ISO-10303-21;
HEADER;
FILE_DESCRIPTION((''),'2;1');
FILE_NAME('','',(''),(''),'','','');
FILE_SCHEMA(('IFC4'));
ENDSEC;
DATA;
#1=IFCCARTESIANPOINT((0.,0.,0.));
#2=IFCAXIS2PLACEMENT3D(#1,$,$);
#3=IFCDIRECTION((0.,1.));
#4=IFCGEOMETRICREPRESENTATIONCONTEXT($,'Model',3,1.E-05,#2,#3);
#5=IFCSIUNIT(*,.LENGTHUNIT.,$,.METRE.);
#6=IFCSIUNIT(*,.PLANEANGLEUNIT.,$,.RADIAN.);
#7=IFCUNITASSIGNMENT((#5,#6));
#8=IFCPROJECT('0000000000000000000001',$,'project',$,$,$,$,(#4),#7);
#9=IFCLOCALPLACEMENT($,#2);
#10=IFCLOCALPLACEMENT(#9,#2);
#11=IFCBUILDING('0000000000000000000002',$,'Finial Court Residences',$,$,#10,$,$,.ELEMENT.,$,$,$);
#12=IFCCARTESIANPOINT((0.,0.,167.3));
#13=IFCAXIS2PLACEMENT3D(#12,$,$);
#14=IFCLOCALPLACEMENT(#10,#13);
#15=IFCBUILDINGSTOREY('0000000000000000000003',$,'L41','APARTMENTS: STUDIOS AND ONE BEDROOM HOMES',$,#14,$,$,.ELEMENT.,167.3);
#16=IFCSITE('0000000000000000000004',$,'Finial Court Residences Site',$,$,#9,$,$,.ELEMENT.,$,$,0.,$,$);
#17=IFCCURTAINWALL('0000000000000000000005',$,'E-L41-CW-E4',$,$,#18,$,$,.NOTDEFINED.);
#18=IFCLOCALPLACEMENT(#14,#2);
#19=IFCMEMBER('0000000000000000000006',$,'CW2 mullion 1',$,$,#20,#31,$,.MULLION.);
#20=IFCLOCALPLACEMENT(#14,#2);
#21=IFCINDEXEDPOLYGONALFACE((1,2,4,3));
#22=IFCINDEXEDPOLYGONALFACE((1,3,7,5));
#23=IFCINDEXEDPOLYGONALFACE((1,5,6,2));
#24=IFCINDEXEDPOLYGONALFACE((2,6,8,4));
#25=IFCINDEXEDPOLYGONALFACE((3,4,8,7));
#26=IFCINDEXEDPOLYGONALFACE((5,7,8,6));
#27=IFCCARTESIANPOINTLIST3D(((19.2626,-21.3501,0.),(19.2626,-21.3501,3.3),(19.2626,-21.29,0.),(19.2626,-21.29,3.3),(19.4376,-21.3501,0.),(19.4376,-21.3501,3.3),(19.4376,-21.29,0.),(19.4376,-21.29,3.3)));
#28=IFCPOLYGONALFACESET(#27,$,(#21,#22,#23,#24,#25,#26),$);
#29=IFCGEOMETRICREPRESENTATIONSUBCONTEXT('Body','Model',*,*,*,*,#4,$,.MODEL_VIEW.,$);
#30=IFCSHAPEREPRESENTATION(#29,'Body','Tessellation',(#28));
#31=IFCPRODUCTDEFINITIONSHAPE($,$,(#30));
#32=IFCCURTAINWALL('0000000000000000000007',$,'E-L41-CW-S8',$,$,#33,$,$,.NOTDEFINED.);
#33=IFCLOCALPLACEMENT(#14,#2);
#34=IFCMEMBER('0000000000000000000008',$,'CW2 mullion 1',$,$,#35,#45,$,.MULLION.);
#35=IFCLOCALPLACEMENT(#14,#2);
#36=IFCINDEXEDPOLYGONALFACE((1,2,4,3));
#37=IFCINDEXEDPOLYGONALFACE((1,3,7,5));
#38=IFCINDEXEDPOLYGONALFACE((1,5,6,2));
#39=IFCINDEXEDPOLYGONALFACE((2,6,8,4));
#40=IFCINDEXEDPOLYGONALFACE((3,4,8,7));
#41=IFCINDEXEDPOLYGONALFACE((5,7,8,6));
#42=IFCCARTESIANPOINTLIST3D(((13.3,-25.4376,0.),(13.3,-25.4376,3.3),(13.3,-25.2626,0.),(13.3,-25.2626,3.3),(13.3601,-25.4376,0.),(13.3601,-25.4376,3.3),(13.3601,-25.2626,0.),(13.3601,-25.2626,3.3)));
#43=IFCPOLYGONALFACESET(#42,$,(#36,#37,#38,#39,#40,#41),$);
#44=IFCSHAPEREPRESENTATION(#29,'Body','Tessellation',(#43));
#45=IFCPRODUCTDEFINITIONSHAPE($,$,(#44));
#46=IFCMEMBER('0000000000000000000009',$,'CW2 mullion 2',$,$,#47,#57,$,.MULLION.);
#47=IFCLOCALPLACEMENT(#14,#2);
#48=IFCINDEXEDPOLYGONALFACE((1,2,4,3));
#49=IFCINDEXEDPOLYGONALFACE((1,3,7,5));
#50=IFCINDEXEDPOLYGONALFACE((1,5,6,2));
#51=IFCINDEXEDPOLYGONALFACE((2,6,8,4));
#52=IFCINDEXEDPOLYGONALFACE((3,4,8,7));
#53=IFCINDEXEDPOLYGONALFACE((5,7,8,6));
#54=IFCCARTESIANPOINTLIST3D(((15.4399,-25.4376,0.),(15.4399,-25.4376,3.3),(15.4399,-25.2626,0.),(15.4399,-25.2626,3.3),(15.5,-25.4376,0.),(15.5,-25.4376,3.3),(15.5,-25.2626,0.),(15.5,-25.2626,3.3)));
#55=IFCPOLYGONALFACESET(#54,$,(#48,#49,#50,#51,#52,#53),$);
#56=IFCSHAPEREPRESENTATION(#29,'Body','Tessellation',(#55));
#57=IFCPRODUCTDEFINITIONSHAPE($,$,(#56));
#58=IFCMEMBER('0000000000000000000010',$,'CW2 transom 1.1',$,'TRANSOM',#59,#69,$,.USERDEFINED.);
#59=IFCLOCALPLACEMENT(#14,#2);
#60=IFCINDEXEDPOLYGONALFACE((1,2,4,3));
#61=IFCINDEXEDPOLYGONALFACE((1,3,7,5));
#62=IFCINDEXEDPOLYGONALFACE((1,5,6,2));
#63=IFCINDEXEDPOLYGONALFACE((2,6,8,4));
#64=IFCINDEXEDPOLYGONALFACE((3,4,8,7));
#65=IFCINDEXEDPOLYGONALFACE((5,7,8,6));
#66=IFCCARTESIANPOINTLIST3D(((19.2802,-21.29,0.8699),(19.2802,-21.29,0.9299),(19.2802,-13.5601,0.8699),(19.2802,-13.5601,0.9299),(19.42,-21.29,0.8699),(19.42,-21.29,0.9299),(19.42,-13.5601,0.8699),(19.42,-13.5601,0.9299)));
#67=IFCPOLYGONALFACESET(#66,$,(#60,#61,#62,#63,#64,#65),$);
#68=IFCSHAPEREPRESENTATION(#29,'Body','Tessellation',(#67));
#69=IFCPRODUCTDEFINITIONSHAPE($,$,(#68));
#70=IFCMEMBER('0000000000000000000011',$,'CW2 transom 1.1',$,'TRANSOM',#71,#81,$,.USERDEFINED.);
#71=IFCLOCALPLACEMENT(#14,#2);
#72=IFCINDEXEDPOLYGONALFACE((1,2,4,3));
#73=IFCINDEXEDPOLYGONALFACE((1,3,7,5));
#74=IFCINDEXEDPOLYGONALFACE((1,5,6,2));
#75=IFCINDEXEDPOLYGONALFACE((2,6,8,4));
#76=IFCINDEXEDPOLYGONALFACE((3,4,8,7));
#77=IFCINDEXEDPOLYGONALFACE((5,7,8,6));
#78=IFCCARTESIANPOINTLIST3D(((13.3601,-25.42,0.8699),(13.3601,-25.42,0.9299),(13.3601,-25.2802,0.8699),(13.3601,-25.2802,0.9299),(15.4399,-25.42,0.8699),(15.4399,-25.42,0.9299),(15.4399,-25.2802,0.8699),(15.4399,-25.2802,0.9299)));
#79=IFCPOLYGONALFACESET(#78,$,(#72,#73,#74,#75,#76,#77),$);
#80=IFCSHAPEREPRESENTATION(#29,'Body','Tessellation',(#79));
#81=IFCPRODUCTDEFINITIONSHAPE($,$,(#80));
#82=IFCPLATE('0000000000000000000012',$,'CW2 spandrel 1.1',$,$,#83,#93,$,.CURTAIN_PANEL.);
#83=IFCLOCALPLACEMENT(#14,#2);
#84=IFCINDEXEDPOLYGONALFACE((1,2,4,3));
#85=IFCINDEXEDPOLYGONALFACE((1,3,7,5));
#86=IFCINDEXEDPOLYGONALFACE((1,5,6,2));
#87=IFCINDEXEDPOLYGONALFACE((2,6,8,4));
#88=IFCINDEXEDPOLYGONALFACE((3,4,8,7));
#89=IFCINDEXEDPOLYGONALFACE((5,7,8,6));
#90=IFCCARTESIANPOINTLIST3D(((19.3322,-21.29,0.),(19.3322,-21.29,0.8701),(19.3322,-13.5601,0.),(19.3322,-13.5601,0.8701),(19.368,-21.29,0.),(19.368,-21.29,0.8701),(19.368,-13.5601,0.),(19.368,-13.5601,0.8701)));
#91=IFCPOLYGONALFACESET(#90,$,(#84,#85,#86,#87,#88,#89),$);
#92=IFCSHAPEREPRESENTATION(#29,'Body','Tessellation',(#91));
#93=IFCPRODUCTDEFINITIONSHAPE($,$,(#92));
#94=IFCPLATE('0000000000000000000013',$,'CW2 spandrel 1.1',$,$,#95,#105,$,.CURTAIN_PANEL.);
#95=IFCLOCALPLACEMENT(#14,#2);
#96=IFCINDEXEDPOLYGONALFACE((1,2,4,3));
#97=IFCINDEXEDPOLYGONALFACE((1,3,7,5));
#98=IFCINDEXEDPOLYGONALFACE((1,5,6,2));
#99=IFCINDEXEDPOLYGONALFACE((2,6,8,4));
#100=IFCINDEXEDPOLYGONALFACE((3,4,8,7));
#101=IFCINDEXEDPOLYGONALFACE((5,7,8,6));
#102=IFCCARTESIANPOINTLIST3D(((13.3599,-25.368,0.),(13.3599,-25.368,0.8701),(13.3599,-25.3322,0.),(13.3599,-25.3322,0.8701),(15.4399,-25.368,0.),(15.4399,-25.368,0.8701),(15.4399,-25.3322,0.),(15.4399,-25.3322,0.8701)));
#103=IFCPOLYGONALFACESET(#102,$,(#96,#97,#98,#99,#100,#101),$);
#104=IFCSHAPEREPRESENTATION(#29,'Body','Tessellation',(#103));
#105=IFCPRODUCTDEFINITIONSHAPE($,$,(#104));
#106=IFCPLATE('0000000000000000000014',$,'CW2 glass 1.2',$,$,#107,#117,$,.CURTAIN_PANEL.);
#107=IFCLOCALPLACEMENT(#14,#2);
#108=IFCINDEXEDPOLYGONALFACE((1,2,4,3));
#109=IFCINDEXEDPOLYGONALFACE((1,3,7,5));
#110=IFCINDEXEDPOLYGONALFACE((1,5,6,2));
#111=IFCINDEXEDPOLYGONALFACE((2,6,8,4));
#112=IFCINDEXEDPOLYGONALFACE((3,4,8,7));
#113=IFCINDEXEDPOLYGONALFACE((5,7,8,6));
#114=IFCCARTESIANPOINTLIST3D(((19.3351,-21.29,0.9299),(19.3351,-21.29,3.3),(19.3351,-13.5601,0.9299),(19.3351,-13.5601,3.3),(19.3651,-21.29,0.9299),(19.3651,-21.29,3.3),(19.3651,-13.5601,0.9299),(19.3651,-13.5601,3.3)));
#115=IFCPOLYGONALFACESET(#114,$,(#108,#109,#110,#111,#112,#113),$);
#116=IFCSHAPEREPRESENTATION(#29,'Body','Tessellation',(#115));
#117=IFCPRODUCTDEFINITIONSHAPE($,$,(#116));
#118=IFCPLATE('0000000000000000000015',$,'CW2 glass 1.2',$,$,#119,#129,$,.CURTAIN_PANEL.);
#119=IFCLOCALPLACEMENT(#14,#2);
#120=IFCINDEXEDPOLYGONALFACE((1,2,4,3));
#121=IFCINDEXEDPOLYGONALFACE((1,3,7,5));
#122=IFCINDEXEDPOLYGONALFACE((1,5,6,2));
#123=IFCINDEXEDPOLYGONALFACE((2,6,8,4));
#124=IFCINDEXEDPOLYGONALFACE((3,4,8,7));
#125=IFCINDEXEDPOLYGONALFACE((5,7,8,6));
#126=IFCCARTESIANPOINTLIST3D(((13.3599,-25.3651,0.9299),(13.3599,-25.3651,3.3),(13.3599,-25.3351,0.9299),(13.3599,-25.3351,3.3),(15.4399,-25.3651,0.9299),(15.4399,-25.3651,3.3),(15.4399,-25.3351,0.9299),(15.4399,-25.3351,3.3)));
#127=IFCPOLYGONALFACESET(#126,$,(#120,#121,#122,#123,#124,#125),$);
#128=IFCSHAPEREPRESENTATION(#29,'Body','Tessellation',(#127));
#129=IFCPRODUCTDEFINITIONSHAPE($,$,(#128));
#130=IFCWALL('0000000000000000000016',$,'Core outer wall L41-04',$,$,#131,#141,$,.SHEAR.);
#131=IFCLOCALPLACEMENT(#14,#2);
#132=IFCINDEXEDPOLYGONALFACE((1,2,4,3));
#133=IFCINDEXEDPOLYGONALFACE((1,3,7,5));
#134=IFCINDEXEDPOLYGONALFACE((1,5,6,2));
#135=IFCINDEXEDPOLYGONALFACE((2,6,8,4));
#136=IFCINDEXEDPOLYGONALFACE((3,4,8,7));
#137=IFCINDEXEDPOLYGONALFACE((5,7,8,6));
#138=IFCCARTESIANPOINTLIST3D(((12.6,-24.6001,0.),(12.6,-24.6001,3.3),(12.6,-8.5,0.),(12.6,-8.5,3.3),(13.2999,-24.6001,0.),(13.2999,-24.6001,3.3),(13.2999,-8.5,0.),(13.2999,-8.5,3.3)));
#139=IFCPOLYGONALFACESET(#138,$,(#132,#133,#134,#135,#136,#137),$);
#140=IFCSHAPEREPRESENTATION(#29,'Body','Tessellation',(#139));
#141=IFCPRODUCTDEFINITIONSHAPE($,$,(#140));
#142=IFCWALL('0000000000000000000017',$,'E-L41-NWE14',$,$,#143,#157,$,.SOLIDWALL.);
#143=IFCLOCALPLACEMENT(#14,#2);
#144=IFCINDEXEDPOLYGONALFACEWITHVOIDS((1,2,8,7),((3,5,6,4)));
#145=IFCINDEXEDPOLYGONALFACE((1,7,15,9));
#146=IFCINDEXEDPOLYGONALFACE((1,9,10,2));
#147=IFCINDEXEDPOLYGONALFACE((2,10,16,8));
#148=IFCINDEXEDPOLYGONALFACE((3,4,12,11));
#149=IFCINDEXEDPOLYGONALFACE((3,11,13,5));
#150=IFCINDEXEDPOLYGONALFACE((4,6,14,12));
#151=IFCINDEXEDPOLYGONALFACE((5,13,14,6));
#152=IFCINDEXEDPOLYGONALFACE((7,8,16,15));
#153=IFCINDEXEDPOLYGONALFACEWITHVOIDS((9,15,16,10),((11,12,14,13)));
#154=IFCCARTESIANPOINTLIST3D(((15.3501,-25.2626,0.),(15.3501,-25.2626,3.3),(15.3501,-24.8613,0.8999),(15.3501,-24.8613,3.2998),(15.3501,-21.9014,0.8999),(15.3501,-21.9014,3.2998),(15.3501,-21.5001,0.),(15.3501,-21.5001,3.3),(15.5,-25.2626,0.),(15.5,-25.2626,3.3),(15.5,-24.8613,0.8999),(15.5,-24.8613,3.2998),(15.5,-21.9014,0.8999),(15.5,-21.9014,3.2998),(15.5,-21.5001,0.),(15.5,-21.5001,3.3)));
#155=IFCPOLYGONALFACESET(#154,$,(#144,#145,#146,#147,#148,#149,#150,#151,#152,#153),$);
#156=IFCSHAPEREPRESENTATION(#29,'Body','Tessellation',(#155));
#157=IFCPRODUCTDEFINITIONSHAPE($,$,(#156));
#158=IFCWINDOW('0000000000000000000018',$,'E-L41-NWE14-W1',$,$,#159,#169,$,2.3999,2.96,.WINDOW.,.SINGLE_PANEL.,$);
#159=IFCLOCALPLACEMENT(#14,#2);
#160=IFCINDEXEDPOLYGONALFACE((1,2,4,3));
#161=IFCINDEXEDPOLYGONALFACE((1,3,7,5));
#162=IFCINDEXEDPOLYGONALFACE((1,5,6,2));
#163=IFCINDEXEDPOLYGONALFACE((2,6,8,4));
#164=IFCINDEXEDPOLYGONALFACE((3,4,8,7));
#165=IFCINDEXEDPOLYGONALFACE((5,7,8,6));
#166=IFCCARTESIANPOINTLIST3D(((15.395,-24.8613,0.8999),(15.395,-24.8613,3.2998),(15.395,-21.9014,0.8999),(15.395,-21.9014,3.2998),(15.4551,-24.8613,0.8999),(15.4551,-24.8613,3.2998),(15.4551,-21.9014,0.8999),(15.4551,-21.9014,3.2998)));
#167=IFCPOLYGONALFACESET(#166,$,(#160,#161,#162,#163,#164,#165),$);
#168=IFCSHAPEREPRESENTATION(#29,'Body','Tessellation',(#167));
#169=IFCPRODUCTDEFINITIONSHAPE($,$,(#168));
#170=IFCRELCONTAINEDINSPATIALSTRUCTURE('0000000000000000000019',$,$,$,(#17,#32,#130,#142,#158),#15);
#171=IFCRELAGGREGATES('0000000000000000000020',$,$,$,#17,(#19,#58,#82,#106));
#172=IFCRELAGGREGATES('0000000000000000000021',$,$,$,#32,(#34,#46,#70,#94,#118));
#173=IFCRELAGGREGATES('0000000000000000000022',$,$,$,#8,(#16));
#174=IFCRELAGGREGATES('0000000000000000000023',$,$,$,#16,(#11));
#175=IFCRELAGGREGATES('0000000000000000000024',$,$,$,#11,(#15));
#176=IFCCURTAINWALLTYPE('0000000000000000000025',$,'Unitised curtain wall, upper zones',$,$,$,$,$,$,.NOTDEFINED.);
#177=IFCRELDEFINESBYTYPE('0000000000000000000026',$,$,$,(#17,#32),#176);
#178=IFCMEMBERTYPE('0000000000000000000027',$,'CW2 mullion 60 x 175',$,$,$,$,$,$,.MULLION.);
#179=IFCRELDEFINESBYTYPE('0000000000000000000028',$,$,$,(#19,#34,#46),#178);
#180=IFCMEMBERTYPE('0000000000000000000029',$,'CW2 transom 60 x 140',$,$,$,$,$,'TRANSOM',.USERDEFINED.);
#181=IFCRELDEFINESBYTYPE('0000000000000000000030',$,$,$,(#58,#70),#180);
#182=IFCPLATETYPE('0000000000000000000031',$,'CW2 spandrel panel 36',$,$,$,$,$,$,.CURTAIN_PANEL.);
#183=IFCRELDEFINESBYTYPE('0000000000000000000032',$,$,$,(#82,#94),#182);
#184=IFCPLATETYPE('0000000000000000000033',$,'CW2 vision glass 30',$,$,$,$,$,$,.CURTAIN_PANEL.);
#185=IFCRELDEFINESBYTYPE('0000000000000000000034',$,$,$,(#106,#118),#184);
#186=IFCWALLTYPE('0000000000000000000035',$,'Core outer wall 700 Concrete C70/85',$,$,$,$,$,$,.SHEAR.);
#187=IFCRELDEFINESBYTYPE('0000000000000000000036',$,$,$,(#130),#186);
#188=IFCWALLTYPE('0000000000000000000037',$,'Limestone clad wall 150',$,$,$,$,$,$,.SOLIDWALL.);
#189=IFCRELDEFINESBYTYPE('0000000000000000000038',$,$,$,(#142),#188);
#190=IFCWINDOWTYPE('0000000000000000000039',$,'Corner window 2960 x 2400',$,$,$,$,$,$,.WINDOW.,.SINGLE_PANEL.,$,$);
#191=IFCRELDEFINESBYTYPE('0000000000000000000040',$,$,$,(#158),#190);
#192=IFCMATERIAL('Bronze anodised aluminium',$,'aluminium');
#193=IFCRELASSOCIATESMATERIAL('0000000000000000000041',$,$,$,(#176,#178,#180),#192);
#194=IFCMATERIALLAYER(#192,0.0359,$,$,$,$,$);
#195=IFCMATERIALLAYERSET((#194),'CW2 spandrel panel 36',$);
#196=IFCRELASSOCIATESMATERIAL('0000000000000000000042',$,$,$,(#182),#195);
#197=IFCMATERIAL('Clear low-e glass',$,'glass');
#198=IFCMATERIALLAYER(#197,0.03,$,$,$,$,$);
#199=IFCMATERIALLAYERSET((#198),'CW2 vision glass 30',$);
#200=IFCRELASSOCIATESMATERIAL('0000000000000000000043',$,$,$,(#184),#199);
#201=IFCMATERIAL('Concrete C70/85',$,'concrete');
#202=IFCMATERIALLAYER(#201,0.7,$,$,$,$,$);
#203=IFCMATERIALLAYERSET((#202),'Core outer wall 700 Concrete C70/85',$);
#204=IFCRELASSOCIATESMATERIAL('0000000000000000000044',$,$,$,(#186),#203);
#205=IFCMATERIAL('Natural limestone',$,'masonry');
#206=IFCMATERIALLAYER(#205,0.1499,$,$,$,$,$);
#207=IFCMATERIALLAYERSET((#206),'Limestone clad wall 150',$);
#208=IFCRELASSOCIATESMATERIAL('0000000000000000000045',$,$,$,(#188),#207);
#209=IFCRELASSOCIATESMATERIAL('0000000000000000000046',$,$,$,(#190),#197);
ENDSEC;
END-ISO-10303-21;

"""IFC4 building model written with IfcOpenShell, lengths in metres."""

from ifc_helpers import new_model, si_unit, direction, frame, frame_2d, origin, origin_2d, place, context, subcontext, project, spatial, rectangle, extrude, material, layer, layer_set, material_profile, profile_set, type_object, element, fill, aggregate, save


model = new_model("IFC4")

# Units and contexts
model_context = context("Model", 3, precision=1e-05, world=origin(), true_north=direction((0.0, 1.0)))
body_context = subcontext(model_context, "Body", "Model", "MODEL_VIEW")
ifc_project = project(units=[si_unit("LENGTHUNIT", "METRE"), si_unit("PLANEANGLEUNIT", "RADIAN")], contexts=[model_context])

# Site, building, storey
site_placement = place(None, origin())
site = spatial("IfcSite", under=ifc_project, at=site_placement, Name="Finial Court Residences Site", CompositionType="ELEMENT", RefElevation=0.0)
building_placement = place(site_placement, origin())
building = spatial("IfcBuilding", under=site, at=building_placement, Name="Finial Court Residences", CompositionType="ELEMENT")
storey_placement = place(building_placement, frame((0.0, 0.0, 167.3)))
storey = spatial("IfcBuildingStorey", under=building, at=storey_placement, Name="L41", Description="APARTMENTS: STUDIOS AND ONE BEDROOM HOMES", CompositionType="ELEMENT", Elevation=167.3)

# Curtain wall, member
ifc_material_1 = material(Name="Bronze anodised aluminium", Category="aluminium")
curtain_wall_type = type_object("IfcCurtainWallType", Name="Unitised curtain wall, upper zones", PredefinedType="NOTDEFINED", material=ifc_material_1)
curtain_wall_1_placement = place(storey_placement, origin())
curtain_wall_1 = element("IfcCurtainWall", 1, at=curtain_wall_1_placement, inside=storey, type_object=curtain_wall_type, Name="E-L41-CW-E4", PredefinedType="NOTDEFINED")
ifc_material_profile_1 = material_profile(ifc_material_1, rectangle(XDim=0.175, YDim=0.0601, at=origin_2d()), Name="CW2 mullion 60 x 175")
ifc_profile_set_1 = profile_set([ifc_material_profile_1], Name="Bronze anodised aluminium")
member_type_1 = type_object("IfcMemberType", Name="CW2 mullion 60 x 175", PredefinedType="MULLION", material=ifc_profile_set_1)
member_1_placement = place(storey_placement, frame((19.3501, -21.3201, 0.0), z_axis=(0.0, 0.0, 1.0), x_axis=(-1.0, 0.0, 0.0)))
member_1 = element("IfcMember", 2, at=member_1_placement, type_object=member_type_1, Name="CW2 mullion 1", PredefinedType="MULLION", context=body_context, shape_type="SweptSolid", body=[
    extrude(rectangle(XDim=0.175, YDim=0.0601, at=origin_2d()), origin(), (0.0, 0.0, 1.0), 3.3),
])

# Curtain wall, members
curtain_wall_2_placement = place(storey_placement, origin())
curtain_wall_2 = element("IfcCurtainWall", 3, at=curtain_wall_2_placement, inside=storey, type_object=curtain_wall_type, Name="E-L41-CW-S8", PredefinedType="NOTDEFINED")
member_2_placement = place(storey_placement, frame((13.3301, -25.3501, 0.0), z_axis=(0.0, 0.0, 1.0), x_axis=(0.0, 1.0, 0.0)))
member_2 = element("IfcMember", 4, at=member_2_placement, type_object=member_type_1, Name="CW2 mullion 1", PredefinedType="MULLION", context=body_context, shape_type="SweptSolid", body=[
    extrude(rectangle(XDim=0.175, YDim=0.0601, at=origin_2d()), origin(), (0.0, 0.0, 1.0), 3.3),
])
member_3_placement = place(storey_placement, frame((15.47, -25.3501, 0.0), z_axis=(0.0, 0.0, 1.0), x_axis=(0.0, 1.0, 0.0)))
member_3 = element("IfcMember", 5, at=member_3_placement, type_object=member_type_1, Name="CW2 mullion 2", PredefinedType="MULLION", context=body_context, shape_type="SweptSolid", body=[
    extrude(rectangle(XDim=0.175, YDim=0.0601, at=origin_2d()), origin(), (0.0, 0.0, 1.0), 3.3),
])

# Members
ifc_material_profile_2 = material_profile(ifc_material_1, rectangle(XDim=0.1399, YDim=0.0601, at=origin_2d()), Name="CW2 transom 60 x 140")
ifc_profile_set_2 = profile_set([ifc_material_profile_2], Name="Bronze anodised aluminium")
member_type_2 = type_object("IfcMemberType", Name="CW2 transom 60 x 140", ElementType="TRANSOM", PredefinedType="USERDEFINED", material=ifc_profile_set_2)
member_4_placement = place(storey_placement, frame((19.3501, -21.29, 0.8999), z_axis=(0.0, 1.0, 0.0), x_axis=(-1.0, 0.0, 0.0)))
member_4 = element("IfcMember", 6, at=member_4_placement, type_object=member_type_2, Name="CW2 transom 1.1", ObjectType="TRANSOM", PredefinedType="USERDEFINED", context=body_context, shape_type="SweptSolid", body=[
    extrude(rectangle(XDim=0.1399, YDim=0.0601, at=origin_2d()), origin(), (0.0, 0.0, 1.0), 7.73),
])
member_5_placement = place(storey_placement, frame((13.3601, -25.3501, 0.8999), z_axis=(1.0, 0.0, 0.0), x_axis=(0.0, 1.0, 0.0)))
member_5 = element("IfcMember", 7, at=member_5_placement, type_object=member_type_2, Name="CW2 transom 1.1", ObjectType="TRANSOM", PredefinedType="USERDEFINED", context=body_context, shape_type="SweptSolid", body=[
    extrude(rectangle(XDim=0.1399, YDim=0.0601, at=origin_2d()), origin(), (0.0, 0.0, 1.0), 2.0798),
])

# Plates
ifc_layer_1 = layer(ifc_material_1, 0.0359)
ifc_layer_set_1 = layer_set([ifc_layer_1], Name="CW2 spandrel panel 36")
plate_type_1 = type_object("IfcPlateType", Name="CW2 spandrel panel 36", PredefinedType="CURTAIN_PANEL", material=ifc_layer_set_1)
plate_1_placement = place(storey_placement, frame((19.3501, -17.425, 0.0), z_axis=(0.0, 0.0, 1.0), x_axis=(0.0, 1.0, 0.0)))
plate_1 = element("IfcPlate", 8, at=plate_1_placement, type_object=plate_type_1, Name="CW2 spandrel 1.1", PredefinedType="CURTAIN_PANEL", context=body_context, shape_type="SweptSolid", body=[
    extrude(rectangle(XDim=7.73, YDim=0.0359, at=origin_2d()), origin(), (0.0, 0.0, 1.0), 0.8701),
])
plate_2_placement = place(storey_placement, frame((14.3999, -25.3501, 0.0), z_axis=(0.0, 0.0, 1.0), x_axis=(1.0, 0.0, 0.0)))
plate_2 = element("IfcPlate", 9, at=plate_2_placement, type_object=plate_type_1, Name="CW2 spandrel 1.1", PredefinedType="CURTAIN_PANEL", context=body_context, shape_type="SweptSolid", body=[
    extrude(rectangle(XDim=2.0801, YDim=0.0359, at=origin_2d()), origin(), (0.0, 0.0, 1.0), 0.8701),
])
ifc_material_2 = material(Name="Clear low-e glass", Category="glass")
ifc_layer_2 = layer(ifc_material_2, 0.03)
ifc_layer_set_2 = layer_set([ifc_layer_2], Name="CW2 vision glass 30")
plate_type_2 = type_object("IfcPlateType", Name="CW2 vision glass 30", PredefinedType="CURTAIN_PANEL", material=ifc_layer_set_2)
plate_3_placement = place(storey_placement, frame((19.3501, -17.425, 0.9299), z_axis=(0.0, 0.0, 1.0), x_axis=(0.0, 1.0, 0.0)))
plate_3 = element("IfcPlate", 10, at=plate_3_placement, type_object=plate_type_2, Name="CW2 glass 1.2", PredefinedType="CURTAIN_PANEL", context=body_context, shape_type="SweptSolid", body=[
    extrude(rectangle(XDim=7.73, YDim=0.03, at=origin_2d()), origin(), (0.0, 0.0, 1.0), 2.3701),
])
aggregate(curtain_wall_1, [member_1, member_4, plate_1, plate_3])
plate_4_placement = place(storey_placement, frame((14.3999, -25.3501, 0.9299), z_axis=(0.0, 0.0, 1.0), x_axis=(1.0, 0.0, 0.0)))
plate_4 = element("IfcPlate", 11, at=plate_4_placement, type_object=plate_type_2, Name="CW2 glass 1.2", PredefinedType="CURTAIN_PANEL", context=body_context, shape_type="SweptSolid", body=[
    extrude(rectangle(XDim=2.0801, YDim=0.03, at=origin_2d()), origin(), (0.0, 0.0, 1.0), 2.3701),
])
aggregate(curtain_wall_2, [member_2, member_3, member_5, plate_2, plate_4])

# Wall
ifc_material_3 = material(Name="Concrete C70/85", Category="concrete")
ifc_layer_3 = layer(ifc_material_3, 0.7)
ifc_layer_set_3 = layer_set([ifc_layer_3], Name="Core outer wall 700 Concrete C70/85")
wall_type_1 = type_object("IfcWallType", Name="Core outer wall 700 Concrete C70/85", PredefinedType="SHEAR", material=ifc_layer_set_3)
wall_1_placement = place(storey_placement, frame((12.95, -24.6001, 0.0), z_axis=(0.0, 0.0, 1.0), x_axis=(0.0, 1.0, 0.0)))
element("IfcWall", 12, at=wall_1_placement, inside=storey, type_object=wall_type_1, Name="Core outer wall L41-04", PredefinedType="SHEAR", context=body_context, shape_type="SweptSolid", body=[
    extrude(rectangle(XDim=16.1001, YDim=0.7, at=frame_2d((8.05, 0.0))), origin(), (0.0, 0.0, 1.0), 3.3),
])

# Wall, opening, window
ifc_material_4 = material(Name="Natural limestone", Category="masonry")
ifc_layer_4 = layer(ifc_material_4, 0.1499)
ifc_layer_set_4 = layer_set([ifc_layer_4], Name="Limestone clad wall 150")
wall_type_2 = type_object("IfcWallType", Name="Limestone clad wall 150", PredefinedType="SOLIDWALL", material=ifc_layer_set_4)
wall_2_placement = place(storey_placement, frame((15.425, -21.5, 0.0), z_axis=(0.0, 0.0, 1.0), x_axis=(0.0, -1.0, 0.0)))
wall_2 = element("IfcWall", 13, at=wall_2_placement, inside=storey, type_object=wall_type_2, Name="E-L41-NWE14", PredefinedType="SOLIDWALL", context=body_context, shape_type="SweptSolid", body=[
    extrude(rectangle(XDim=3.7625, YDim=0.1499, at=frame_2d((1.8813, 0.0))), origin(), (0.0, 0.0, 1.0), 3.3),
])
opening_1_placement = place(wall_2_placement, frame((0.4014, 0.0, 0.8999)))
opening_1 = element("IfcOpeningElement", 14, at=opening_1_placement, cuts=wall_2, PredefinedType="OPENING", context=body_context, shape_type="SweptSolid", body=[
    extrude(rectangle(XDim=2.96, YDim=2.3999, at=frame_2d((1.48, 1.2))), frame((0.0, 0.085, 0.0), z_axis=(0.0, -1.0, 0.0), x_axis=(1.0, 0.0, 0.0)), (0.0, 0.0, 1.0), 0.1699),
])
window_type_1 = type_object("IfcWindowType", Name="Corner window 2960 x 2400", PartitioningType="SINGLE_PANEL", PredefinedType="WINDOW", material=ifc_material_2)
window_1_placement = place(opening_1_placement, origin())
window_1 = element("IfcWindow", 15, at=window_1_placement, inside=storey, type_object=window_type_1, Name="E-L41-NWE14-W1", OverallHeight=2.3999, OverallWidth=2.96, PartitioningType="SINGLE_PANEL", PredefinedType="WINDOW", context=body_context, shape_type="SweptSolid", body=[
    extrude(rectangle(XDim=2.96, YDim=2.3999, at=frame_2d((1.48, 1.2))), frame((0.0, 0.03, 0.0), z_axis=(0.0, -1.0, 0.0), x_axis=(1.0, 0.0, 0.0)), (0.0, 0.0, 1.0), 0.0601),
])
fill(opening_1, window_1)

save(model, "model.ifc")
